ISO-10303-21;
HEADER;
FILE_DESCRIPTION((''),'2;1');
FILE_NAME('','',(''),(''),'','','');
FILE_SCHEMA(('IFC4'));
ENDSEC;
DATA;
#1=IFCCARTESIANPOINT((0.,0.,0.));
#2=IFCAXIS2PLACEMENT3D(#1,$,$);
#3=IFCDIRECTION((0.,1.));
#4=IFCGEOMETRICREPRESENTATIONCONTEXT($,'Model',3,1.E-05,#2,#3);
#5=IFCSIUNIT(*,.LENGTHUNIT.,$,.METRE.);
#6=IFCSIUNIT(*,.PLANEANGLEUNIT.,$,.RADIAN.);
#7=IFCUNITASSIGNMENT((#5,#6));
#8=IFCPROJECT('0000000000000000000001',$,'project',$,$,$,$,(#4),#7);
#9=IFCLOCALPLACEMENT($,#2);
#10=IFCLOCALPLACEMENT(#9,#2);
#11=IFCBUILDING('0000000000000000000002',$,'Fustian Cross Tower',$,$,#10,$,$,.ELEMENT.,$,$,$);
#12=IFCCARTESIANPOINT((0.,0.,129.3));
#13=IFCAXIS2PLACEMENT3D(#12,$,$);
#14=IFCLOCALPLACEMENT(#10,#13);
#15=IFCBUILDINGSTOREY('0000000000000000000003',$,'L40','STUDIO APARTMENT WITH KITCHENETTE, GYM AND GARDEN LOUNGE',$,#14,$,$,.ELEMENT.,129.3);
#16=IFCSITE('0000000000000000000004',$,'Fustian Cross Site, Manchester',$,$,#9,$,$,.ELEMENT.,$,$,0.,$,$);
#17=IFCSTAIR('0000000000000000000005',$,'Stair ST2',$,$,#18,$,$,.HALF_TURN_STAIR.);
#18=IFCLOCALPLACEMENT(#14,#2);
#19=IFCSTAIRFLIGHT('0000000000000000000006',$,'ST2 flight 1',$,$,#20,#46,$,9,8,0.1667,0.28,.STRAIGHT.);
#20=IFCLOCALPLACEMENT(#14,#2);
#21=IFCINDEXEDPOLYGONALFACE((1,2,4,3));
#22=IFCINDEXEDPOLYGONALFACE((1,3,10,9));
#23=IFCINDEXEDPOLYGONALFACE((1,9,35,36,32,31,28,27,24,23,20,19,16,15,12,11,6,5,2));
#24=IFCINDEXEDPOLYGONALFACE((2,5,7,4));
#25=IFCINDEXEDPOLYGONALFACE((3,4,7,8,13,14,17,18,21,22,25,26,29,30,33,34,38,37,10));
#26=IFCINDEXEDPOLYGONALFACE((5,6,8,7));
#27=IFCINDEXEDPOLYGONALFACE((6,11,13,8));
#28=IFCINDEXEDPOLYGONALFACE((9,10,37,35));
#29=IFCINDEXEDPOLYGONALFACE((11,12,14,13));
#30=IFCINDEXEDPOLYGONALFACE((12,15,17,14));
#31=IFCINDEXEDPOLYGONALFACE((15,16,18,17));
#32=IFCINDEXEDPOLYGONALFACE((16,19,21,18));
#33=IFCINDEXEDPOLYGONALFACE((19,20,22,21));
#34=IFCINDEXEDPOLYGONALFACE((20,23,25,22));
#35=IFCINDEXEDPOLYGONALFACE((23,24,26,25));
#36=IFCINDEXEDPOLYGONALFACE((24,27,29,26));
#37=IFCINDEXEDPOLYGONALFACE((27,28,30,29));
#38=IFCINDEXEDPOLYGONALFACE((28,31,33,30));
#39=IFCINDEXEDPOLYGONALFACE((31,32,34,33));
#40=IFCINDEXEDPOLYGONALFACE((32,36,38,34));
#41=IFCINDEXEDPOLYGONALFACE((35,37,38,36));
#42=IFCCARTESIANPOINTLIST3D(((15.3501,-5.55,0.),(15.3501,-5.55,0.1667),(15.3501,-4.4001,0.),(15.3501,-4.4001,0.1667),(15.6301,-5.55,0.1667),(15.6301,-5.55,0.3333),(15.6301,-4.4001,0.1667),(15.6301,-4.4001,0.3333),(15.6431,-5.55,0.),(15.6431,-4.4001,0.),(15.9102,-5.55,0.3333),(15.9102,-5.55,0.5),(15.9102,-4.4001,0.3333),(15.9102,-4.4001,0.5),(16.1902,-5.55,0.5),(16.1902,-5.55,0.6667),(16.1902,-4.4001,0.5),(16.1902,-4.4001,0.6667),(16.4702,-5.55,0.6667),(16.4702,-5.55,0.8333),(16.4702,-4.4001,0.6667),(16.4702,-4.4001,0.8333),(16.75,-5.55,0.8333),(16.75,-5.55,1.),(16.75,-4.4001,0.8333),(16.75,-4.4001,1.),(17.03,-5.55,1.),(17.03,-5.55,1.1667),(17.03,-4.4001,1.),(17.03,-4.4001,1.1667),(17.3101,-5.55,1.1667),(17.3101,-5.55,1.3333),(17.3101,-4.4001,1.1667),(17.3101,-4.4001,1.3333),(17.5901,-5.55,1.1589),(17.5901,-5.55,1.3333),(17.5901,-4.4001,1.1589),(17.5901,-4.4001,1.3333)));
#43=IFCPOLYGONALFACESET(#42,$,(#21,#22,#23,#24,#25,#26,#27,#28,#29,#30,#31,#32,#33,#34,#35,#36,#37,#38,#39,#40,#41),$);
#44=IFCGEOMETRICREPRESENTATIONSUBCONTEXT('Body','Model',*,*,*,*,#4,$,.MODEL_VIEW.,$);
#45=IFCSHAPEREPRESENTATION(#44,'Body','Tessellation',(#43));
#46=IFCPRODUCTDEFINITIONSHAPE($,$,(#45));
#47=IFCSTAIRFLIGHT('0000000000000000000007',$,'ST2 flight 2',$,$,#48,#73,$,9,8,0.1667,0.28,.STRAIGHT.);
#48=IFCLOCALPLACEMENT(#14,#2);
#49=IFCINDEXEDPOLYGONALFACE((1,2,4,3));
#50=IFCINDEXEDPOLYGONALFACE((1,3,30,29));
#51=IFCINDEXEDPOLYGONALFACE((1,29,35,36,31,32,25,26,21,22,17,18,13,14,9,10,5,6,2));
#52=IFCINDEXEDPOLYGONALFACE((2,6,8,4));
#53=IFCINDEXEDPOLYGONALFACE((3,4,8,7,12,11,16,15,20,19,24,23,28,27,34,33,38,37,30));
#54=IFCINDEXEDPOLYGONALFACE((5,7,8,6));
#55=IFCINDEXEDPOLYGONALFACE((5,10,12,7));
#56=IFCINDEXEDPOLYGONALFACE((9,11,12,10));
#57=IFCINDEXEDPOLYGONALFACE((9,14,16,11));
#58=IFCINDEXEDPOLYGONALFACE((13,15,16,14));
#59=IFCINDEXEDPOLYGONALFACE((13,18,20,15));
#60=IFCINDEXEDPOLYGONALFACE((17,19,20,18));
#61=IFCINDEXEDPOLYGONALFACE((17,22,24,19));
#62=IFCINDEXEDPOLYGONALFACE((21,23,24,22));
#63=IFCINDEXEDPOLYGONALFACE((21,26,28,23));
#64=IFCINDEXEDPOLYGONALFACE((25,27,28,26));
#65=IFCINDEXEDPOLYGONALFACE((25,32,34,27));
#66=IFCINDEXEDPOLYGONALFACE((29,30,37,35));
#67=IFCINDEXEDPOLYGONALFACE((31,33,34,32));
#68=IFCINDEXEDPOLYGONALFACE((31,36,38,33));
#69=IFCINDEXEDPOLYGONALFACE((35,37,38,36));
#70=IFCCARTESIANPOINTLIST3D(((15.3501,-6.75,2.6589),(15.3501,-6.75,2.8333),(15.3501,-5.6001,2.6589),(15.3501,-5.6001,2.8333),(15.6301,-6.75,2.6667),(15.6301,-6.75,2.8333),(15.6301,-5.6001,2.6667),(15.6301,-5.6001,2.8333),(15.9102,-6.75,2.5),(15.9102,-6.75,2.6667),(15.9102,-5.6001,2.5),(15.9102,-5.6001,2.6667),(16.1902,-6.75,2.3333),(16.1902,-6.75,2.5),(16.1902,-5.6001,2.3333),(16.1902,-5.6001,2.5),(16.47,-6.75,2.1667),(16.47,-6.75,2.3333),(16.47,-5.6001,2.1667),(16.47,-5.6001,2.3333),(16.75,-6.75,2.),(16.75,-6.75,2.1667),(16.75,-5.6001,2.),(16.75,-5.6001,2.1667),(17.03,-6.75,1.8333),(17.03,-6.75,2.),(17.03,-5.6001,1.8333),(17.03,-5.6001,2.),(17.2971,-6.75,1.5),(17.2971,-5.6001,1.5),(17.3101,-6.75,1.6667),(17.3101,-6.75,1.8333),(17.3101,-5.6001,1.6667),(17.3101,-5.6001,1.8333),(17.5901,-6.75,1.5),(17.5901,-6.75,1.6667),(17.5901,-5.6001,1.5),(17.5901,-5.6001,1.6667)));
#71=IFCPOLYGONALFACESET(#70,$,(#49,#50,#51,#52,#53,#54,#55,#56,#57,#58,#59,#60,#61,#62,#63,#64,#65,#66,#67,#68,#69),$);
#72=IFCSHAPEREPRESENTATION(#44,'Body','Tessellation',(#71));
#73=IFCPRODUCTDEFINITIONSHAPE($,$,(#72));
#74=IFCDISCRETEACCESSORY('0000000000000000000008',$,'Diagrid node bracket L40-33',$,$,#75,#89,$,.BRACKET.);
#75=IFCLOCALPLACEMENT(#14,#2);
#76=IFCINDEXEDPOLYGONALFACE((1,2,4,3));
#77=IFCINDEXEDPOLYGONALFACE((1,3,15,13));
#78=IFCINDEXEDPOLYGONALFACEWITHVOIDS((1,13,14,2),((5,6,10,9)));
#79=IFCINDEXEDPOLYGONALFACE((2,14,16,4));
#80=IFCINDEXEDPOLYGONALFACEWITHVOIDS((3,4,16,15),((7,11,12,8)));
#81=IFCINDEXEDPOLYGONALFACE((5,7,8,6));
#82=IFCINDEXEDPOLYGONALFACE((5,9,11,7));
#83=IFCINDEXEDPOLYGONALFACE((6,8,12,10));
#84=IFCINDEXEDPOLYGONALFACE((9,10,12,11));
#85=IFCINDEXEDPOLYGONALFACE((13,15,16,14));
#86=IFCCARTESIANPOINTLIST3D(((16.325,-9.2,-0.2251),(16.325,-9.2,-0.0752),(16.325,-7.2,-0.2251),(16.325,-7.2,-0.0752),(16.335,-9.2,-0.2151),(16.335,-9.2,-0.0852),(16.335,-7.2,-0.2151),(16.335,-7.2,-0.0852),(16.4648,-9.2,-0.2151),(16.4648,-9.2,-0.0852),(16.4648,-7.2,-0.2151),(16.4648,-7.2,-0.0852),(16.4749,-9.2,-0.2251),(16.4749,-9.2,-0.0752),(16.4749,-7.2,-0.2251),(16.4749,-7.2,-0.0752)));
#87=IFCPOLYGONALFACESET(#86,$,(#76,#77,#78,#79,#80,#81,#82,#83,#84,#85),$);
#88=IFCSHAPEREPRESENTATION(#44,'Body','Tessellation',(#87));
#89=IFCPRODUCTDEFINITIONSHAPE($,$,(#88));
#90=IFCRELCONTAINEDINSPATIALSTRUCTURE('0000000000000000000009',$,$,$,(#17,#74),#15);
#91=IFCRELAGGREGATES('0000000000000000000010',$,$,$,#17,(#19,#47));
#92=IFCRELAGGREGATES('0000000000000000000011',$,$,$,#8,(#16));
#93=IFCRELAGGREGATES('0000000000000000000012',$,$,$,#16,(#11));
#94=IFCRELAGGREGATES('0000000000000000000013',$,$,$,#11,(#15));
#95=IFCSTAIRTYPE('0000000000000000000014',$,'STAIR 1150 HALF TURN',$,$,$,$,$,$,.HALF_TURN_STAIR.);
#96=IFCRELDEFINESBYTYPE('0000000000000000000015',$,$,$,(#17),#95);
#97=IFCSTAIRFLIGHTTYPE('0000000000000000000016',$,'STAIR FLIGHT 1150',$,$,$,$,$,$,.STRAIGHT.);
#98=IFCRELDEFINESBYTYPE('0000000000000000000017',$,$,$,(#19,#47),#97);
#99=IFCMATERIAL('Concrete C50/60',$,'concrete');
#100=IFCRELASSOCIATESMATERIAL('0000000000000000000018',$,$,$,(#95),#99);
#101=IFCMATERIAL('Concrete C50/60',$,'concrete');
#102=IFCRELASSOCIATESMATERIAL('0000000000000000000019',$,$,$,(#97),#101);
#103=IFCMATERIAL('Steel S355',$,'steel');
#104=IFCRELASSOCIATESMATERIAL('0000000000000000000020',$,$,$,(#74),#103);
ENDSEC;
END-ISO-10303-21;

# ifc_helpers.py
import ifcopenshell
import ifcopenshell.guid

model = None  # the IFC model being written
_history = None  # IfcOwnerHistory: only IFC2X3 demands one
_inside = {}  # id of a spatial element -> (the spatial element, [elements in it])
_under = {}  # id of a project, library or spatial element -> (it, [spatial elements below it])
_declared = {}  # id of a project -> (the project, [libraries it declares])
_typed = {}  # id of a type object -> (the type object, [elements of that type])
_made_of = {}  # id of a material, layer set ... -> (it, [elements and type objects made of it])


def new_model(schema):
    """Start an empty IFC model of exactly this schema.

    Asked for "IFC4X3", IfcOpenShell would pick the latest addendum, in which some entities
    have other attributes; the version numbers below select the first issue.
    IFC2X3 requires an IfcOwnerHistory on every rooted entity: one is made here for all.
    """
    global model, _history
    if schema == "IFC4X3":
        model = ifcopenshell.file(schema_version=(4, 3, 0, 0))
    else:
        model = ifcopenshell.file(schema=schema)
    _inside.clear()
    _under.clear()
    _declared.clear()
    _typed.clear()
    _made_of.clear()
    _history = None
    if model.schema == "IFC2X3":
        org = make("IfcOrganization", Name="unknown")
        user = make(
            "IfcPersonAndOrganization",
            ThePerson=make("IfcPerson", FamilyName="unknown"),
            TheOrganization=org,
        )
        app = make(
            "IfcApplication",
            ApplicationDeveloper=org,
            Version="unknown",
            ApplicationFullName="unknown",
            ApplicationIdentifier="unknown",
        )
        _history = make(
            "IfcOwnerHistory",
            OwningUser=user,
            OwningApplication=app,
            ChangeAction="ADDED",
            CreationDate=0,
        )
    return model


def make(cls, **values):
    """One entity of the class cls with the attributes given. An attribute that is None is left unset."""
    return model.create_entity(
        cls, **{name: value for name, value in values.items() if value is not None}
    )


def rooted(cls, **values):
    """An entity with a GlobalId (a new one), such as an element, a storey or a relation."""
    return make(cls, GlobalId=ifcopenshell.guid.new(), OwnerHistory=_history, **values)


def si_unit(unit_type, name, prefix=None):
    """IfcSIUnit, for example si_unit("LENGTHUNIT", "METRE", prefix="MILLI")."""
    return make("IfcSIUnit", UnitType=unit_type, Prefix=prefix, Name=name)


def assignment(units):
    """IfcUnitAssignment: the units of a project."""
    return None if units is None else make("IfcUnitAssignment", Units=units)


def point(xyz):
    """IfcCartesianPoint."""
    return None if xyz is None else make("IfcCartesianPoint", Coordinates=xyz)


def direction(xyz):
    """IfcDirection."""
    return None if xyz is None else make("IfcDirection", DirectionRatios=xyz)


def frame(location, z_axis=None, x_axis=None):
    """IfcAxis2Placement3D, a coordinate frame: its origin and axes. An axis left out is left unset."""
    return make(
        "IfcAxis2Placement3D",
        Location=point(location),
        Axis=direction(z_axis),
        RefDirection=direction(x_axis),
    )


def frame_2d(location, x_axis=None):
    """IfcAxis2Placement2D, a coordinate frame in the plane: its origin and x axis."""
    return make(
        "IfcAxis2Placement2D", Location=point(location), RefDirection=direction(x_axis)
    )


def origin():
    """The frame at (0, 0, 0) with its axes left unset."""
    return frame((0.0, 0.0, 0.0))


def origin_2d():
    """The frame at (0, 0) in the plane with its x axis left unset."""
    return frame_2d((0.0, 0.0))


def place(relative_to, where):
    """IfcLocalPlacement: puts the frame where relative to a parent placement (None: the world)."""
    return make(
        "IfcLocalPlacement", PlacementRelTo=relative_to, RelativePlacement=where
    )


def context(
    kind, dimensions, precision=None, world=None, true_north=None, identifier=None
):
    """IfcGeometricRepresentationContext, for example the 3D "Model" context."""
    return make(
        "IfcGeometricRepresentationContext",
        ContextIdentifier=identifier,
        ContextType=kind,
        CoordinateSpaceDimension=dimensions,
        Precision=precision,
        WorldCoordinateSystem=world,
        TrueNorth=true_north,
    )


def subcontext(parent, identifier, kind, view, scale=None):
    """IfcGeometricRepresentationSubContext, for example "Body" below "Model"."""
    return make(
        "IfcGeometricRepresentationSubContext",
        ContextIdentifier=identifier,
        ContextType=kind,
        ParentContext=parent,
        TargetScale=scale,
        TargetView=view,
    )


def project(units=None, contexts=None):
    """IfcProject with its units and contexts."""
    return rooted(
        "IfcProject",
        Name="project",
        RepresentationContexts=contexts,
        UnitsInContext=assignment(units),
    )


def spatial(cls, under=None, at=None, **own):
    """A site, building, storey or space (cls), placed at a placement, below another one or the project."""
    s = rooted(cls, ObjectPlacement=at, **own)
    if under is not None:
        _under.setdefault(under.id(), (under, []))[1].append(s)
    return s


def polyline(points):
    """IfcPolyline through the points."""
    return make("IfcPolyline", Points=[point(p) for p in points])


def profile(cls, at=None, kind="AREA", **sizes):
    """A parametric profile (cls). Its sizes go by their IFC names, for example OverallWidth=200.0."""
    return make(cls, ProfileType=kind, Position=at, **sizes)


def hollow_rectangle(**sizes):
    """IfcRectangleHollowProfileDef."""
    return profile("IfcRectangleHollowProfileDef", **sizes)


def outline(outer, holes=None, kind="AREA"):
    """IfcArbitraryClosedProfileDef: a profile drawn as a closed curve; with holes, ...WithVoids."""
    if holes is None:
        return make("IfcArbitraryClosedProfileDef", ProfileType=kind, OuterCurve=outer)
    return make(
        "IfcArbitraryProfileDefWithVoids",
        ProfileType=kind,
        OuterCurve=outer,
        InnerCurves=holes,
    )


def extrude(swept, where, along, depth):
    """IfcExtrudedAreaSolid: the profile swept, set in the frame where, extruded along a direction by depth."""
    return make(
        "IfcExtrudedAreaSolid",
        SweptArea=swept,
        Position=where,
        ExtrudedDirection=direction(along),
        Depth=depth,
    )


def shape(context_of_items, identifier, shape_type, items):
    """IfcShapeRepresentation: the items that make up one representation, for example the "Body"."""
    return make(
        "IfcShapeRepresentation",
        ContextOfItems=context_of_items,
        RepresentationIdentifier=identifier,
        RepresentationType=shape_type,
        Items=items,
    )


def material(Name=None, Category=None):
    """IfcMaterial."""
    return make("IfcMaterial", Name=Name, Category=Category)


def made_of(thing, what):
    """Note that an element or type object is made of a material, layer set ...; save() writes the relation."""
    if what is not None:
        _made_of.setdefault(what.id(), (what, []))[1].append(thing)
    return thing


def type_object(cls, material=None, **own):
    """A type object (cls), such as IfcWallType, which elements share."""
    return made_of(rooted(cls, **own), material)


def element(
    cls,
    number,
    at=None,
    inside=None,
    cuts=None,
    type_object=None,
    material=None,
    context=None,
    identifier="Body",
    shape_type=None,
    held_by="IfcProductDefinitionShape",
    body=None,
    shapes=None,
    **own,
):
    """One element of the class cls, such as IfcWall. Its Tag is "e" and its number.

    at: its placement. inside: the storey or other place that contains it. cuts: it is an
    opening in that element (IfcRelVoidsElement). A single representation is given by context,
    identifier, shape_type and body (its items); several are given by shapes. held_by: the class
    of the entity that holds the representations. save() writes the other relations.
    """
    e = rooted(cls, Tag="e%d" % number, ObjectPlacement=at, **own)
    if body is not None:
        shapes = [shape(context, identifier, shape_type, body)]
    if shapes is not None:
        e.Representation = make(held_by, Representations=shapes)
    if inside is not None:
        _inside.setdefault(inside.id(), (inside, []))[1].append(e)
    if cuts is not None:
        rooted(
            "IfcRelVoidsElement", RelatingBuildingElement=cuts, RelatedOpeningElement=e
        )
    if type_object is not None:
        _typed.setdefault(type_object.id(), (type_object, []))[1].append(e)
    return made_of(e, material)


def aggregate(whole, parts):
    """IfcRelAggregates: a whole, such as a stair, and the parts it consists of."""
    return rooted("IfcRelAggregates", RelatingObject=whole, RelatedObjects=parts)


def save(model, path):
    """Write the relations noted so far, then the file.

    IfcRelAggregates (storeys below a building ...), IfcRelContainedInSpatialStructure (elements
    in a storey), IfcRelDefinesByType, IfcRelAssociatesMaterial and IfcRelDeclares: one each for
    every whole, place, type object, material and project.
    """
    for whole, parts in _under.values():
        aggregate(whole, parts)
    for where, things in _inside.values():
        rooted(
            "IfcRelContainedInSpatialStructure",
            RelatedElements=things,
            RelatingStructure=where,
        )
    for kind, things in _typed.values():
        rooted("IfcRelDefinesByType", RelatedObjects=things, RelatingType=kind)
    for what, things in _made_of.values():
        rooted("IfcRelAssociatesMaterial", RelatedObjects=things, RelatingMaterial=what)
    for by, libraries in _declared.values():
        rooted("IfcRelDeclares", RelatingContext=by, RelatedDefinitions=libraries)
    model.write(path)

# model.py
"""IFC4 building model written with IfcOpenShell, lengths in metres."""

from ifc_helpers import new_model, si_unit, direction, frame, origin, origin_2d, place, context, subcontext, project, spatial, polyline, hollow_rectangle, outline, extrude, material, type_object, element, aggregate, save


model = new_model("IFC4")

# Units and contexts
model_context = context("Model", 3, precision=1e-05, world=origin(), true_north=direction((0.0, 1.0)))
body_context = subcontext(model_context, "Body", "Model", "MODEL_VIEW")
ifc_project = project(units=[si_unit("LENGTHUNIT", "METRE"), si_unit("PLANEANGLEUNIT", "RADIAN")], contexts=[model_context])

# Site, building, storey
site_placement = place(None, origin())
site = spatial("IfcSite", under=ifc_project, at=site_placement, Name="Fustian Cross Site, Manchester", CompositionType="ELEMENT", RefElevation=0.0)
building_placement = place(site_placement, origin())
building = spatial("IfcBuilding", under=site, at=building_placement, Name="Fustian Cross Tower", CompositionType="ELEMENT")
storey_placement = place(building_placement, frame((0.0, 0.0, 129.3)))
storey = spatial("IfcBuildingStorey", under=building, at=storey_placement, Name="L40", Description="STUDIO APARTMENT WITH KITCHENETTE, GYM AND GARDEN LOUNGE", CompositionType="ELEMENT", Elevation=129.3)

# Stair, stair flights
ifc_material_1 = material(Name="Concrete C50/60", Category="concrete")
stair_type = type_object("IfcStairType", Name="STAIR 1150 HALF TURN", PredefinedType="HALF_TURN_STAIR", material=ifc_material_1)
stair_placement = place(storey_placement, origin())
stair = element("IfcStair", 1, at=stair_placement, inside=storey, type_object=stair_type, Name="Stair ST2", PredefinedType="HALF_TURN_STAIR")
ifc_material_2 = material(Name="Concrete C50/60", Category="concrete")
stair_flight_type = type_object("IfcStairFlightType", Name="STAIR FLIGHT 1150", PredefinedType="STRAIGHT", material=ifc_material_2)
stair_flight_1_placement = place(storey_placement, frame((15.3501, -4.9751, 0.0), z_axis=(0.0, 0.0, 1.0), x_axis=(1.0, 0.0, 0.0)))
stair_flight_1 = element("IfcStairFlight", 2, at=stair_flight_1_placement, type_object=stair_flight_type, Name="ST2 flight 1", NumberOfRisers=9, NumberOfTreads=8, PredefinedType="STRAIGHT", RiserHeight=0.1667, TreadLength=0.28, context=body_context, shape_type="SweptSolid", body=[
    extrude(outline(polyline([(0.0, 0.0), (0.0, 0.1667), (0.28, 0.1667), (0.28, 0.3333), (0.5601, 0.3333), (0.5601, 0.5), (0.8401, 0.5), (0.8401, 0.6667), (1.1201, 0.6667), (1.1201, 0.8333), (1.3999, 0.8333), (1.3999, 1.0), (1.6799, 1.0), (1.6799, 1.1667), (1.96, 1.1667), (1.96, 1.3333), (2.24, 1.3333), (2.24, 1.5), (2.24, 1.1589), (0.293, 0.0), (0.0, 0.0)])), frame((0.0, 0.575, 0.0), z_axis=(0.0, -1.0, 0.0), x_axis=(1.0, 0.0, 0.0)), (0.0, 0.0, 1.0), 1.1499),
])
stair_flight_2_placement = place(storey_placement, frame((17.5901, -6.175, 1.5), z_axis=(0.0, 0.0, 1.0), x_axis=(-1.0, 0.0, 0.0)))
stair_flight_2 = element("IfcStairFlight", 3, at=stair_flight_2_placement, type_object=stair_flight_type, Name="ST2 flight 2", NumberOfRisers=9, NumberOfTreads=8, PredefinedType="STRAIGHT", RiserHeight=0.1667, TreadLength=0.28, context=body_context, shape_type="SweptSolid", body=[
    extrude(outline(polyline([(0.0, 0.0), (0.0, 0.1667), (0.28, 0.1667), (0.28, 0.3333), (0.5601, 0.3333), (0.5601, 0.5), (0.8401, 0.5), (0.8401, 0.6667), (1.1201, 0.6667), (1.1201, 0.8333), (1.3999, 0.8333), (1.3999, 1.0), (1.6799, 1.0), (1.6799, 1.1667), (1.96, 1.1667), (1.96, 1.3333), (2.24, 1.3333), (2.24, 1.5), (2.24, 1.1589), (0.293, 0.0), (0.0, 0.0)])), frame((0.0, 0.575, 0.0), z_axis=(0.0, -1.0, 0.0), x_axis=(1.0, 0.0, 0.0)), (0.0, 0.0, 1.0), 1.1499),
])
aggregate(stair, [stair_flight_1, stair_flight_2])

# Discrete accessory
ifc_material_3 = material(Name="Steel S355", Category="steel")
discrete_accessory_placement = place(storey_placement, frame((16.3999, -9.2, -0.1501), z_axis=(0.0, 1.0, 0.0), x_axis=(-1.0, 0.0, 0.0)))
element("IfcDiscreteAccessory", 4, at=discrete_accessory_placement, inside=storey, material=ifc_material_3, Name="Diagrid node bracket L40-33", PredefinedType="BRACKET", context=body_context, shape_type="SweptSolid", body=[
    extrude(hollow_rectangle(XDim=0.1499, YDim=0.1499, WallThickness=0.01, at=origin_2d()), origin(), (0.0, 0.0, 1.0), 2.0),
])

save(model, "model.ifc")
